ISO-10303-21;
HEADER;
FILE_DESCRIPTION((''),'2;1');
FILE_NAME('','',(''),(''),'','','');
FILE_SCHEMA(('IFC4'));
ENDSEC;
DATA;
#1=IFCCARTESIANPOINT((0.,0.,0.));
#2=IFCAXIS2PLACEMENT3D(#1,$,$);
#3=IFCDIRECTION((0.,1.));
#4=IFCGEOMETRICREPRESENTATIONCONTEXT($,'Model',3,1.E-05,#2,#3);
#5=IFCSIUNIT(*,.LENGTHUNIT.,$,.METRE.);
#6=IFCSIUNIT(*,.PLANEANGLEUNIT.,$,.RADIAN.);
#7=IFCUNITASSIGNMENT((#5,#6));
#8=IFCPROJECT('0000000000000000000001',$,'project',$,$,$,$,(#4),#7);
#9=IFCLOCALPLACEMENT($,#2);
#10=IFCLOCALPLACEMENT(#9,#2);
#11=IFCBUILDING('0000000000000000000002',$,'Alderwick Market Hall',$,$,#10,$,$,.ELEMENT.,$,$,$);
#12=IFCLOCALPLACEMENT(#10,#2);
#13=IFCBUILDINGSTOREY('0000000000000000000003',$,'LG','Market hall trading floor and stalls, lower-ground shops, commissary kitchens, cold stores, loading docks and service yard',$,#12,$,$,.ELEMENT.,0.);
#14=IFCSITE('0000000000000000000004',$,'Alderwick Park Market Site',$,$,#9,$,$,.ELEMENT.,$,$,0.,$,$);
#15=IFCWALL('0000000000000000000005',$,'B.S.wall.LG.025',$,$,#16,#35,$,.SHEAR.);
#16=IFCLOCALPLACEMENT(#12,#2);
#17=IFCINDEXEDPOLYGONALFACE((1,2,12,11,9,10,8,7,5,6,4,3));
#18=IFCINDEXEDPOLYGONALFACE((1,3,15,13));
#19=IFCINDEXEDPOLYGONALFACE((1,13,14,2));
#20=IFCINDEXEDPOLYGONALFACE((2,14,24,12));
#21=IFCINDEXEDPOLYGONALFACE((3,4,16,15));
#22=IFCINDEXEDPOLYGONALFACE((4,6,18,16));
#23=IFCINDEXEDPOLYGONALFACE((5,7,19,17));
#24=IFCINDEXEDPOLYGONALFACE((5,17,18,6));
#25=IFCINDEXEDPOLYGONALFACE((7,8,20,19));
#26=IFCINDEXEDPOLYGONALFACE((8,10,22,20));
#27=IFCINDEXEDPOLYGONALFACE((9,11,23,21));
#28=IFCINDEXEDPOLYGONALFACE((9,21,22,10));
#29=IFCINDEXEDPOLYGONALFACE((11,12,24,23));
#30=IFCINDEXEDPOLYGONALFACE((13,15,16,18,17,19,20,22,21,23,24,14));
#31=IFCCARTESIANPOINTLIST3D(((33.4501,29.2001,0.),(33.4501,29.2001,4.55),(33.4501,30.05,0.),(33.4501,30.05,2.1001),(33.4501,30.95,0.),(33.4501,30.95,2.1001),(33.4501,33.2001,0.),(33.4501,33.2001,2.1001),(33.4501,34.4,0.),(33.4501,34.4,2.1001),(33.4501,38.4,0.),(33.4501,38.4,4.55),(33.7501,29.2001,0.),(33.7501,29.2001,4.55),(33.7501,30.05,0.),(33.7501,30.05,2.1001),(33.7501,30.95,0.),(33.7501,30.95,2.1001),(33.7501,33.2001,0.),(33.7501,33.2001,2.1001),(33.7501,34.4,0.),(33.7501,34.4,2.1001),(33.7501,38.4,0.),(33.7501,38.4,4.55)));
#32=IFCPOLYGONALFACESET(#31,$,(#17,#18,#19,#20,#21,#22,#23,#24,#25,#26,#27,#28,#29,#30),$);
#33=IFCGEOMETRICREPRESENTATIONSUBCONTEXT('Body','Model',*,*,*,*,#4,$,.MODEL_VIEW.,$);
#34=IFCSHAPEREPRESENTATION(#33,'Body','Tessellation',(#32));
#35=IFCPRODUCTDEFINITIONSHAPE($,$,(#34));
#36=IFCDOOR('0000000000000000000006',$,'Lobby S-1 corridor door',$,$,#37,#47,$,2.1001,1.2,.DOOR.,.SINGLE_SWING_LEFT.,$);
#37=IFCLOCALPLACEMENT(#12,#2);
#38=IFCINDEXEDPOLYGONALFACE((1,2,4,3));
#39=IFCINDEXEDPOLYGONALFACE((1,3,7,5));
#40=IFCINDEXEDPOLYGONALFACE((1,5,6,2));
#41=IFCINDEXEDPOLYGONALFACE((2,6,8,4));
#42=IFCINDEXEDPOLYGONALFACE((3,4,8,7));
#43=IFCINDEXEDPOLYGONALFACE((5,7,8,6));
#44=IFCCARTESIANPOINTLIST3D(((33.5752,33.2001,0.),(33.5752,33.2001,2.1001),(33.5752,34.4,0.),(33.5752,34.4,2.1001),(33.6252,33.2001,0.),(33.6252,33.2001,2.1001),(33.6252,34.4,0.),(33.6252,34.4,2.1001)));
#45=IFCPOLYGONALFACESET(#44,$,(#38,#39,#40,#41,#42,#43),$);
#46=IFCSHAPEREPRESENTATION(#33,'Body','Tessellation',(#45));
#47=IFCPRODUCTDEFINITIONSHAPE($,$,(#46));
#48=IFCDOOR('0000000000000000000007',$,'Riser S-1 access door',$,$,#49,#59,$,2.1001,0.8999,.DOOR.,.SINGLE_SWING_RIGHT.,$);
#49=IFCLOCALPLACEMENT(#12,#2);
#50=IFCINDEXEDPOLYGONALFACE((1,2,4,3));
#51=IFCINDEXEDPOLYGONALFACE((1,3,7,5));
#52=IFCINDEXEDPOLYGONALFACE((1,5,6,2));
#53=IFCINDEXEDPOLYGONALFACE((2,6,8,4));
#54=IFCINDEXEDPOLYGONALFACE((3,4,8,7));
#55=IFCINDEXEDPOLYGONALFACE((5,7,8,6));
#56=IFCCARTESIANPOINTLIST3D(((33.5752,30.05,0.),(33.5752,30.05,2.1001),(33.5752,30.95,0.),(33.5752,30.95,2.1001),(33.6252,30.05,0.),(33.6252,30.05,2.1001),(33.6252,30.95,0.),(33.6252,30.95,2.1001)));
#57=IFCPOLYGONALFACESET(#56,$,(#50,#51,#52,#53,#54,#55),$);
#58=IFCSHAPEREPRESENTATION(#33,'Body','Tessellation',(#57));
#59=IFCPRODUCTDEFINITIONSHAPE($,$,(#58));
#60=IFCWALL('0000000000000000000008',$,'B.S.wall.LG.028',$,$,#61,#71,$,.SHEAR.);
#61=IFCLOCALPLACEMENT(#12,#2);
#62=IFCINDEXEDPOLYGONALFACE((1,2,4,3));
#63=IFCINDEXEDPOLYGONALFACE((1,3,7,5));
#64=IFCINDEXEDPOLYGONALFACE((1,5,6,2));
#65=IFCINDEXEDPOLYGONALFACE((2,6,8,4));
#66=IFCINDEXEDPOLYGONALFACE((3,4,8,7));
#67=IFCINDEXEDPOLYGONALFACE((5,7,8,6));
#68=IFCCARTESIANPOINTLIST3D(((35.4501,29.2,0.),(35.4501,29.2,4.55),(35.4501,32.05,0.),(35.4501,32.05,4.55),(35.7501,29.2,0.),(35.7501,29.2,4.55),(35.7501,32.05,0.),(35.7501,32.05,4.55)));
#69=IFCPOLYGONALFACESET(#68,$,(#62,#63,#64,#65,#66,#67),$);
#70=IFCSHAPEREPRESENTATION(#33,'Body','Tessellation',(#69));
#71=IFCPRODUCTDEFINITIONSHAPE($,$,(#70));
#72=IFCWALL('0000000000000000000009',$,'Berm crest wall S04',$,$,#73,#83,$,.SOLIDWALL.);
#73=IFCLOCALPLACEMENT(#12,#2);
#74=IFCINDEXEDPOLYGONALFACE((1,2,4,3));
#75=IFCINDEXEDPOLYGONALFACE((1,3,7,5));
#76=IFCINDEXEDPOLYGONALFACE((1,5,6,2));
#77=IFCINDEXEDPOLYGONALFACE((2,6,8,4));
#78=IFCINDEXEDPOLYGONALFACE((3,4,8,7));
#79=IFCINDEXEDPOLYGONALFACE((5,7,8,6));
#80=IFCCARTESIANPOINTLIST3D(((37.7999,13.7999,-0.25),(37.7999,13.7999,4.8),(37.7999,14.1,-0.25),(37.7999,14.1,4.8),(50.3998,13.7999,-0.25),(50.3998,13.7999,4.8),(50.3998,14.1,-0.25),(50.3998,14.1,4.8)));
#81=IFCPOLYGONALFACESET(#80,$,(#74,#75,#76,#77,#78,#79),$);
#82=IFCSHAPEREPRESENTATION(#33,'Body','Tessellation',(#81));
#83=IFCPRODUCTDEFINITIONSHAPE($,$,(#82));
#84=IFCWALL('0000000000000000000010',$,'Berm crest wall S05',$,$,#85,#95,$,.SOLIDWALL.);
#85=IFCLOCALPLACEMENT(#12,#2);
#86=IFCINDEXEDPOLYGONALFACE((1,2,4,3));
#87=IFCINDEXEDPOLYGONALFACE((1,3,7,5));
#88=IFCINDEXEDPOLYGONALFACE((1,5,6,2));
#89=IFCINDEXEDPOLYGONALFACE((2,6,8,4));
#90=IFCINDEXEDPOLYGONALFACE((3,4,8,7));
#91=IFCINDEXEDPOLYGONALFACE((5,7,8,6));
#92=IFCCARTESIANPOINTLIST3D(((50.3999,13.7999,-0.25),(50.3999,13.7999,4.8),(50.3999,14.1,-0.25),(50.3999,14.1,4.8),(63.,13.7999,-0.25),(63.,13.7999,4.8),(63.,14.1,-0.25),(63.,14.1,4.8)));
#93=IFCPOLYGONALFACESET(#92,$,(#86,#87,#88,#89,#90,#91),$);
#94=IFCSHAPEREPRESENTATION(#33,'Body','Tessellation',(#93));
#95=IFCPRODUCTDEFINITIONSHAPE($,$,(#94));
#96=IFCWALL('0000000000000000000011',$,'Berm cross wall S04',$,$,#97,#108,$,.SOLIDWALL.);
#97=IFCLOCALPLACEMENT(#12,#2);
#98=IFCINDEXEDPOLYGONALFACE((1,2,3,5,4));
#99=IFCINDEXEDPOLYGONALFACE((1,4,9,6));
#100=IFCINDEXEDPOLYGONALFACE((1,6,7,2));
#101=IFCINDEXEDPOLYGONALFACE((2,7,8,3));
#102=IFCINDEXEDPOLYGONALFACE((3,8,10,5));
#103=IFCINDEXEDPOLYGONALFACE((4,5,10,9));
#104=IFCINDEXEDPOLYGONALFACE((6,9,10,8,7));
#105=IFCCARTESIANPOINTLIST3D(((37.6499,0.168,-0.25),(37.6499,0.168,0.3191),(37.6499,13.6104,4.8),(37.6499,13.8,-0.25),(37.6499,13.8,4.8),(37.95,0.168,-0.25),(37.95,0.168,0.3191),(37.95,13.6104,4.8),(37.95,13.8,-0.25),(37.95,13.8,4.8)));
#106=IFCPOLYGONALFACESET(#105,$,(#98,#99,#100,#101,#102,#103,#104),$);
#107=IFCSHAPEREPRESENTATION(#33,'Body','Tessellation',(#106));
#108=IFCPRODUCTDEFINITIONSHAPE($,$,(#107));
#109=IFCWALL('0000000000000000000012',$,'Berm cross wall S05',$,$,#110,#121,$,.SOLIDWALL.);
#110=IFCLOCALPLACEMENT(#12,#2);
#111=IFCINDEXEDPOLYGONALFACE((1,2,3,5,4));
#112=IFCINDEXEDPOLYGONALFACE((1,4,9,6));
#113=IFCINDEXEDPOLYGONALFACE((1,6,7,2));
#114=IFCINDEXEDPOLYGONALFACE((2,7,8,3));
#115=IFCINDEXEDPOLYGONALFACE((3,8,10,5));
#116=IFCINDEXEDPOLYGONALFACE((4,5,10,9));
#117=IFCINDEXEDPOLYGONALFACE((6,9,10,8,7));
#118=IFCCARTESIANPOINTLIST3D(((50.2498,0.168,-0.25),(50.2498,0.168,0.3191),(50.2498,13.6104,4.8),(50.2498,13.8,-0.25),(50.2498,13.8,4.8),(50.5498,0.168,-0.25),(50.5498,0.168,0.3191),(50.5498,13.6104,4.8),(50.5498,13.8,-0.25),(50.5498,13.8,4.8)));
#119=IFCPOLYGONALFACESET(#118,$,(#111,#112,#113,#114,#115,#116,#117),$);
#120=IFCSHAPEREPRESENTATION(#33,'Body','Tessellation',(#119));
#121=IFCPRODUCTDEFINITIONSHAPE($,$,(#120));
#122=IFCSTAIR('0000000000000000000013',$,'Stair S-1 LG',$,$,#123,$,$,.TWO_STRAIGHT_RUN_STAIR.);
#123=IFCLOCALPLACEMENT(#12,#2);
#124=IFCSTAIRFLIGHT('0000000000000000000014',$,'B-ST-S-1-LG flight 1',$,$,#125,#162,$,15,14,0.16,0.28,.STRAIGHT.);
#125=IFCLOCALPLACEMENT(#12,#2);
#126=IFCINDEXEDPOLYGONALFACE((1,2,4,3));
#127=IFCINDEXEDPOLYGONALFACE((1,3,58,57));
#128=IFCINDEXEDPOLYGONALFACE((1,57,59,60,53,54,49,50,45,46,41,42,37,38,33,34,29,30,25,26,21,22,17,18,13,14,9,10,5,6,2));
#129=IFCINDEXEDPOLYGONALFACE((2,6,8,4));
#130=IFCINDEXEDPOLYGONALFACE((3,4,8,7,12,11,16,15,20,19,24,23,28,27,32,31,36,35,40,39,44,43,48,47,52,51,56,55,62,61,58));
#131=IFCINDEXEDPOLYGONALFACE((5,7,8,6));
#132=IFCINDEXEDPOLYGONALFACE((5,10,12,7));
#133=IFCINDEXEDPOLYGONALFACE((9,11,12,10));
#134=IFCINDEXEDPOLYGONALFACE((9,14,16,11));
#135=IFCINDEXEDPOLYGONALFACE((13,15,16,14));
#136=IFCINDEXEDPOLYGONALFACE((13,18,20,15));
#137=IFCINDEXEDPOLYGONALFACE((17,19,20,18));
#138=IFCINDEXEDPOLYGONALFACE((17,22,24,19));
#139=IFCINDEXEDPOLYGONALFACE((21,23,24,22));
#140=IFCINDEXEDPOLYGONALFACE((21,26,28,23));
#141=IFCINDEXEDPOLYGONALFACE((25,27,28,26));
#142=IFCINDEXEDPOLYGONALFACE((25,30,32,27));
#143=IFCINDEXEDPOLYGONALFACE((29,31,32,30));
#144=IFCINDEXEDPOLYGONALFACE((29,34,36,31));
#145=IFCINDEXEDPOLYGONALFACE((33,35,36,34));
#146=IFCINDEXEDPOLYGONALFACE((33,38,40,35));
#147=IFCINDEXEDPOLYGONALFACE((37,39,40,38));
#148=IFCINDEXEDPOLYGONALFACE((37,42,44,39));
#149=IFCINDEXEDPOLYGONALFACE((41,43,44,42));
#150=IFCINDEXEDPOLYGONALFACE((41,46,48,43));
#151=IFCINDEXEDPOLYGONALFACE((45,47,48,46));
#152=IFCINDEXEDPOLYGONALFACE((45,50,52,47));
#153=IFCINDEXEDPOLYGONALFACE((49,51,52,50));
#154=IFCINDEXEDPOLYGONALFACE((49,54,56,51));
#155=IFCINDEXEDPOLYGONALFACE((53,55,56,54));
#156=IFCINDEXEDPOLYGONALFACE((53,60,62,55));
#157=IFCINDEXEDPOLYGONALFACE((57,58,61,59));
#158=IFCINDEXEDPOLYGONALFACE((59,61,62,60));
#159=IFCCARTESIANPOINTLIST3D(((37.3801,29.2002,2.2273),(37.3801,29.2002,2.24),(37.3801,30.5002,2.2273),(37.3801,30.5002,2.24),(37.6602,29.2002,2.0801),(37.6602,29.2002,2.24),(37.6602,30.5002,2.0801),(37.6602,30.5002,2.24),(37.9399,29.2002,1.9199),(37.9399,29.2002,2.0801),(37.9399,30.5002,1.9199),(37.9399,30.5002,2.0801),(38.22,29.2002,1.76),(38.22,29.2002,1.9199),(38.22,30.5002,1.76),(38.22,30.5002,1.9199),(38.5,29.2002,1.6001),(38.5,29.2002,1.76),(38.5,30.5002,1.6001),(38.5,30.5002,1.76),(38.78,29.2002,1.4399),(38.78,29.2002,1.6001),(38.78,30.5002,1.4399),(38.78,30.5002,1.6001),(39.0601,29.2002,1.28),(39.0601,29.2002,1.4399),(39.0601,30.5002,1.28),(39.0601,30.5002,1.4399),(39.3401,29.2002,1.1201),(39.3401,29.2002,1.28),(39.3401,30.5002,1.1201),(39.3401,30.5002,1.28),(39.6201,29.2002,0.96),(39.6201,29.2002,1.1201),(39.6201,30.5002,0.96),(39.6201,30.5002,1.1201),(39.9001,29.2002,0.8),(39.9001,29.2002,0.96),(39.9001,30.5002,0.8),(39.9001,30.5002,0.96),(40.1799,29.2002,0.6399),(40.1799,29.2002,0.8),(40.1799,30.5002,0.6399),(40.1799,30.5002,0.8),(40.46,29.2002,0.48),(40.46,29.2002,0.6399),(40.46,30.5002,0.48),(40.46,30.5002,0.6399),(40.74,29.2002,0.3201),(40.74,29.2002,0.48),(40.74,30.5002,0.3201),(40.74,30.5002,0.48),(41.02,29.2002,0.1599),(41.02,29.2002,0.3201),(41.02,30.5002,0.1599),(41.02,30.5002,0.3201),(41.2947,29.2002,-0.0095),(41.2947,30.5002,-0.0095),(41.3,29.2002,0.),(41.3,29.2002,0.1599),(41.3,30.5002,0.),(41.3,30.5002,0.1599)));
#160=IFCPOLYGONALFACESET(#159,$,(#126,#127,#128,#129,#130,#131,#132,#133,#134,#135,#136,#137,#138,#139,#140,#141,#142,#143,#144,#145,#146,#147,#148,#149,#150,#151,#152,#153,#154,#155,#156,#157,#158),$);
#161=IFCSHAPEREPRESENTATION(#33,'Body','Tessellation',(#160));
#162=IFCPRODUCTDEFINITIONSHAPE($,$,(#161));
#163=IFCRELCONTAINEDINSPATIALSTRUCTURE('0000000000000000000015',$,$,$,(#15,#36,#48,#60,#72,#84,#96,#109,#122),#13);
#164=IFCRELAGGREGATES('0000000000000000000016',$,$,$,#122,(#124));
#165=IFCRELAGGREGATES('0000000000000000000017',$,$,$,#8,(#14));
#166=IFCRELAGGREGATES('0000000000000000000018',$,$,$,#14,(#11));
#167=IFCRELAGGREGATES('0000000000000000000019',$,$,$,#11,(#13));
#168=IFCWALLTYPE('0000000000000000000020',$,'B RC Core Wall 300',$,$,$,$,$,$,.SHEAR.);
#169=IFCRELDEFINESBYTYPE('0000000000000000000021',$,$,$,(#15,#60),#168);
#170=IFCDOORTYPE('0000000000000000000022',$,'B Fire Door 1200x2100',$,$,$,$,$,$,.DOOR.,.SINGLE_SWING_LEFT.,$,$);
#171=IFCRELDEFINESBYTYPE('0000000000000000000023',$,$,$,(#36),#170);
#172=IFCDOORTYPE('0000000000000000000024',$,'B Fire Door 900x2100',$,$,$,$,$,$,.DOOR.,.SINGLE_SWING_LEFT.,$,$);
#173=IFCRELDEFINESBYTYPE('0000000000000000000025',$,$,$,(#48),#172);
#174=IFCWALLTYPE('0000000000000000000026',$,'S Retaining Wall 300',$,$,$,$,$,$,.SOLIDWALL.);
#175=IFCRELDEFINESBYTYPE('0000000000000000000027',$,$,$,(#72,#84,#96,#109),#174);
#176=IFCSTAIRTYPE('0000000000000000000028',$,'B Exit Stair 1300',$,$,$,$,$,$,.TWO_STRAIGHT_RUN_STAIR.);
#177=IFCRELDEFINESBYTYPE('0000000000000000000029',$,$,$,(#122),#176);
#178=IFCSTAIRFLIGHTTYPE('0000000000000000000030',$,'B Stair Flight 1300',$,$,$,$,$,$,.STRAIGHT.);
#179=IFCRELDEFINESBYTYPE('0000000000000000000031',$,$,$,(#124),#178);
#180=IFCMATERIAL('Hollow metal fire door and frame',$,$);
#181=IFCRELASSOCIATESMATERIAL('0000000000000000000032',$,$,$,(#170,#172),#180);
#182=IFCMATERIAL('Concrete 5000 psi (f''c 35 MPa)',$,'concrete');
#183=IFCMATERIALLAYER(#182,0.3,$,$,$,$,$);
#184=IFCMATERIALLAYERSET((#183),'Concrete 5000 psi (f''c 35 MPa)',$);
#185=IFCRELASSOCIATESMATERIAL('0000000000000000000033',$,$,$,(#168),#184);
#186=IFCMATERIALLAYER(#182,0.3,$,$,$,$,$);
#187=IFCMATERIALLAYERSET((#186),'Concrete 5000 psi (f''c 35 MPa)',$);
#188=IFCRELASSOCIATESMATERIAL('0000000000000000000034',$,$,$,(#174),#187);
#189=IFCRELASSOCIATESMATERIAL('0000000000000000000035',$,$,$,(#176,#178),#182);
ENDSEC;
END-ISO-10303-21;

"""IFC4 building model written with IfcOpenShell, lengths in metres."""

from ifc_helpers import new_model, si_unit, direction, frame, frame_2d, origin, place, context, subcontext, project, spatial, polyline, rectangle, outline, extrude, material, layer, layer_set, type_object, element, fill, aggregate, save


model = new_model("IFC4")

# Units and contexts
model_context = context("Model", 3, precision=1e-05, world=origin(), true_north=direction((0.0, 1.0)))
body_context = subcontext(model_context, "Body", "Model", "MODEL_VIEW")
ifc_project = project(units=[si_unit("LENGTHUNIT", "METRE"), si_unit("PLANEANGLEUNIT", "RADIAN")], contexts=[model_context])

# Site, building, storey
site_placement = place(None, origin())
site = spatial("IfcSite", under=ifc_project, at=site_placement, Name="Alderwick Park Market Site", CompositionType="ELEMENT", RefElevation=0.0)
building_placement = place(site_placement, origin())
building = spatial("IfcBuilding", under=site, at=building_placement, Name="Alderwick Market Hall", CompositionType="ELEMENT")
storey_placement = place(building_placement, origin())
storey = spatial("IfcBuildingStorey", under=building, at=storey_placement, Name="LG", Description="Market hall trading floor and stalls, lower-ground shops, commissary kitchens, cold stores, loading docks and service yard", CompositionType="ELEMENT", Elevation=0.0)

# Shared definitions
ifc_material_1 = material(Name="Concrete 5000 psi (f'c 35 MPa)", Category="concrete")

# Shared definitions
ifc_material_2 = material(Name="Hollow metal fire door and frame")
door_type_1 = type_object("IfcDoorType", Name="B Fire Door 1200x2100", OperationType="SINGLE_SWING_LEFT", PredefinedType="DOOR", material=ifc_material_2)

# Shared definitions
ifc_layer_1 = layer(ifc_material_1, 0.3)
ifc_layer_set_1 = layer_set([ifc_layer_1], Name="Concrete 5000 psi (f'c 35 MPa)")
wall_type_1 = type_object("IfcWallType", Name="B RC Core Wall 300", PredefinedType="SHEAR", material=ifc_layer_set_1)

# Wall, openings, doors
wall_1_placement = place(storey_placement, frame((33.6001, 29.2, 0.0), z_axis=(0.0, 0.0, 1.0), x_axis=(0.0, 1.0, 0.0)))
wall_1 = element("IfcWall", 1, at=wall_1_placement, inside=storey, type_object=wall_type_1, Name="B.S.wall.LG.025", PredefinedType="SHEAR", context=body_context, shape_type="SweptSolid", body=[
    extrude(rectangle(XDim=9.2, YDim=0.3, at=frame_2d((4.6001, 0.0))), origin(), (0.0, 0.0, 1.0), 4.55),
])
opening_1_placement = place(wall_1_placement, frame((4.0, 0.0, 0.0)))
opening_1 = element("IfcOpeningElement", 2, at=opening_1_placement, cuts=wall_1, PredefinedType="OPENING", context=body_context, shape_type="SweptSolid", body=[
    extrude(rectangle(XDim=1.2, YDim=2.1001, at=frame_2d((0.6001, 1.05))), frame((0.0, 0.1599, 0.0), z_axis=(0.0, -1.0, 0.0), x_axis=(1.0, 0.0, 0.0)), (0.0, 0.0, 1.0), 0.3201),
])
opening_2_placement = place(wall_1_placement, frame((0.8501, 0.0, 0.0)))
opening_2 = element("IfcOpeningElement", 3, at=opening_2_placement, cuts=wall_1, PredefinedType="OPENING", context=body_context, shape_type="SweptSolid", body=[
    extrude(rectangle(XDim=0.8999, YDim=2.1001, at=frame_2d((0.45, 1.05))), frame((0.0, 0.1599, 0.0), z_axis=(0.0, -1.0, 0.0), x_axis=(1.0, 0.0, 0.0)), (0.0, 0.0, 1.0), 0.3201),
])
door_1_placement = place(opening_1_placement, origin())
door_1 = element("IfcDoor", 4, at=door_1_placement, inside=storey, type_object=door_type_1, Name="Lobby S-1 corridor door", OperationType="SINGLE_SWING_LEFT", OverallHeight=2.1001, OverallWidth=1.2, PredefinedType="DOOR", context=body_context, shape_type="SweptSolid", body=[
    extrude(rectangle(XDim=1.2, YDim=2.1001, at=frame_2d((0.6001, 1.05))), frame((0.0, 0.0249, 0.0), z_axis=(0.0, -1.0, 0.0), x_axis=(1.0, 0.0, 0.0)), (0.0, 0.0, 1.0), 0.05),
])
fill(opening_1, door_1)
door_type_2 = type_object("IfcDoorType", Name="B Fire Door 900x2100", OperationType="SINGLE_SWING_LEFT", PredefinedType="DOOR", material=ifc_material_2)
door_2_placement = place(opening_2_placement, origin())
door_2 = element("IfcDoor", 5, at=door_2_placement, inside=storey, type_object=door_type_2, Name="Riser S-1 access door", OperationType="SINGLE_SWING_RIGHT", OverallHeight=2.1001, OverallWidth=0.8999, PredefinedType="DOOR", context=body_context, shape_type="SweptSolid", body=[
    extrude(rectangle(XDim=0.8999, YDim=2.1001, at=frame_2d((0.45, 1.05))), frame((0.0, 0.0249, 0.0), z_axis=(0.0, -1.0, 0.0), x_axis=(1.0, 0.0, 0.0)), (0.0, 0.0, 1.0), 0.05),
])
fill(opening_2, door_2)

# Walls
wall_2_placement = place(storey_placement, frame((35.6001, 29.2, 0.0), z_axis=(0.0, 0.0, 1.0), x_axis=(0.0, 1.0, 0.0)))
element("IfcWall", 6, at=wall_2_placement, inside=storey, type_object=wall_type_1, Name="B.S.wall.LG.028", PredefinedType="SHEAR", context=body_context, shape_type="SweptSolid", body=[
    extrude(rectangle(XDim=2.8501, YDim=0.3, at=frame_2d((1.425, 0.0))), origin(), (0.0, 0.0, 1.0), 4.55),
])
ifc_layer_2 = layer(ifc_material_1, 0.3)
ifc_layer_set_2 = layer_set([ifc_layer_2], Name="Concrete 5000 psi (f'c 35 MPa)")
wall_type_2 = type_object("IfcWallType", Name="S Retaining Wall 300", PredefinedType="SOLIDWALL", material=ifc_layer_set_2)
wall_3_placement = place(storey_placement, frame((37.8, 13.95, -0.25), z_axis=(0.0, 0.0, 1.0), x_axis=(1.0, 0.0, 0.0)))
element("IfcWall", 7, at=wall_3_placement, inside=storey, type_object=wall_type_2, Name="Berm crest wall S04", PredefinedType="SOLIDWALL", context=body_context, shape_type="SweptSolid", body=[
    extrude(rectangle(XDim=12.5999, YDim=0.3, at=frame_2d((6.2998, 0.0))), origin(), (0.0, 0.0, 1.0), 5.05),
])
wall_4_placement = place(storey_placement, frame((50.3999, 13.95, -0.25), z_axis=(0.0, 0.0, 1.0), x_axis=(1.0, 0.0, 0.0)))
element("IfcWall", 8, at=wall_4_placement, inside=storey, type_object=wall_type_2, Name="Berm crest wall S05", PredefinedType="SOLIDWALL", context=body_context, shape_type="SweptSolid", body=[
    extrude(rectangle(XDim=12.6001, YDim=0.3, at=frame_2d((6.3, 0.0))), origin(), (0.0, 0.0, 1.0), 5.05),
])
for number, where, z_axis, x_axis, name in (
    (9, (37.8, 13.8, -0.25), (0.0, 0.0, 1.0), (0.0, -1.0, 0.0), "Berm cross wall S04"),
    (10, (50.3999, 13.8, -0.25), (0.0, 0.0, 1.0), (0.0, -1.0, 0.0), "Berm cross wall S05"),
):
    element("IfcWall", number, at=place(storey_placement, frame(where, z_axis=z_axis, x_axis=x_axis)), inside=storey, type_object=wall_type_2, Name=name, PredefinedType="SOLIDWALL", context=body_context, shape_type="SweptSolid", body=[
        extrude(outline(polyline([(0.0, 0.0), (13.6321, 0.0), (13.6321, 0.5691), (0.1897, 5.05), (0.0, 5.05), (0.0, 0.0)])), frame((0.0, 0.1499, 0.0), z_axis=(0.0, -1.0, 0.0), x_axis=(1.0, 0.0, 0.0)), (0.0, 0.0, 1.0), 0.3),
    ])

# Stair, stair flight
stair_type = type_object("IfcStairType", Name="B Exit Stair 1300", PredefinedType="TWO_STRAIGHT_RUN_STAIR", material=ifc_material_1)
stair_placement = place(storey_placement, origin())
stair = element("IfcStair", 11, at=stair_placement, inside=storey, type_object=stair_type, Name="Stair S-1 LG", PredefinedType="TWO_STRAIGHT_RUN_STAIR")
stair_flight_type = type_object("IfcStairFlightType", Name="B Stair Flight 1300", PredefinedType="STRAIGHT", material=ifc_material_1)
stair_flight_1_placement = place(storey_placement, frame((41.3, 29.8501, 0.0), z_axis=(0.0, 0.0, 1.0), x_axis=(-1.0, 0.0, 0.0)))
stair_flight_1 = element("IfcStairFlight", 12, at=stair_flight_1_placement, type_object=stair_flight_type, Name="B-ST-S-1-LG flight 1", NumberOfRisers=15, NumberOfTreads=14, PredefinedType="STRAIGHT", RiserHeight=0.16, TreadLength=0.28, context=body_context, shape_type="SweptSolid", body=[
    extrude(outline(polyline([(0.0054, -0.0095), (0.0, 0.0), (0.0, 0.1599), (0.28, 0.1599), (0.28, 0.3201), (0.5601, 0.3201), (0.5601, 0.48), (0.8401, 0.48), (0.8401, 0.6399), (1.1201, 0.6399), (1.1201, 0.8), (1.3999, 0.8), (1.3999, 0.96), (1.6799, 0.96), (1.6799, 1.1201), (1.96, 1.1201), (1.96, 1.28), (2.24, 1.28), (2.24, 1.4399), (2.52, 1.4399), (2.52, 1.6001), (2.8, 1.6001), (2.8, 1.76), (3.0801, 1.76), (3.0801, 1.9199), (3.3601, 1.9199), (3.3601, 2.0801), (3.6399, 2.0801), (3.6399, 2.24), (3.9199, 2.24), (3.9199, 2.2273), (0.0054, -0.0095)])), frame((0.0, 0.6499, 0.0), z_axis=(0.0, -1.0, 0.0), x_axis=(1.0, 0.0, 0.0)), (0.0, 0.0, 1.0), 1.3),
])
aggregate(stair, [stair_flight_1])

save(model, "model.ifc")
